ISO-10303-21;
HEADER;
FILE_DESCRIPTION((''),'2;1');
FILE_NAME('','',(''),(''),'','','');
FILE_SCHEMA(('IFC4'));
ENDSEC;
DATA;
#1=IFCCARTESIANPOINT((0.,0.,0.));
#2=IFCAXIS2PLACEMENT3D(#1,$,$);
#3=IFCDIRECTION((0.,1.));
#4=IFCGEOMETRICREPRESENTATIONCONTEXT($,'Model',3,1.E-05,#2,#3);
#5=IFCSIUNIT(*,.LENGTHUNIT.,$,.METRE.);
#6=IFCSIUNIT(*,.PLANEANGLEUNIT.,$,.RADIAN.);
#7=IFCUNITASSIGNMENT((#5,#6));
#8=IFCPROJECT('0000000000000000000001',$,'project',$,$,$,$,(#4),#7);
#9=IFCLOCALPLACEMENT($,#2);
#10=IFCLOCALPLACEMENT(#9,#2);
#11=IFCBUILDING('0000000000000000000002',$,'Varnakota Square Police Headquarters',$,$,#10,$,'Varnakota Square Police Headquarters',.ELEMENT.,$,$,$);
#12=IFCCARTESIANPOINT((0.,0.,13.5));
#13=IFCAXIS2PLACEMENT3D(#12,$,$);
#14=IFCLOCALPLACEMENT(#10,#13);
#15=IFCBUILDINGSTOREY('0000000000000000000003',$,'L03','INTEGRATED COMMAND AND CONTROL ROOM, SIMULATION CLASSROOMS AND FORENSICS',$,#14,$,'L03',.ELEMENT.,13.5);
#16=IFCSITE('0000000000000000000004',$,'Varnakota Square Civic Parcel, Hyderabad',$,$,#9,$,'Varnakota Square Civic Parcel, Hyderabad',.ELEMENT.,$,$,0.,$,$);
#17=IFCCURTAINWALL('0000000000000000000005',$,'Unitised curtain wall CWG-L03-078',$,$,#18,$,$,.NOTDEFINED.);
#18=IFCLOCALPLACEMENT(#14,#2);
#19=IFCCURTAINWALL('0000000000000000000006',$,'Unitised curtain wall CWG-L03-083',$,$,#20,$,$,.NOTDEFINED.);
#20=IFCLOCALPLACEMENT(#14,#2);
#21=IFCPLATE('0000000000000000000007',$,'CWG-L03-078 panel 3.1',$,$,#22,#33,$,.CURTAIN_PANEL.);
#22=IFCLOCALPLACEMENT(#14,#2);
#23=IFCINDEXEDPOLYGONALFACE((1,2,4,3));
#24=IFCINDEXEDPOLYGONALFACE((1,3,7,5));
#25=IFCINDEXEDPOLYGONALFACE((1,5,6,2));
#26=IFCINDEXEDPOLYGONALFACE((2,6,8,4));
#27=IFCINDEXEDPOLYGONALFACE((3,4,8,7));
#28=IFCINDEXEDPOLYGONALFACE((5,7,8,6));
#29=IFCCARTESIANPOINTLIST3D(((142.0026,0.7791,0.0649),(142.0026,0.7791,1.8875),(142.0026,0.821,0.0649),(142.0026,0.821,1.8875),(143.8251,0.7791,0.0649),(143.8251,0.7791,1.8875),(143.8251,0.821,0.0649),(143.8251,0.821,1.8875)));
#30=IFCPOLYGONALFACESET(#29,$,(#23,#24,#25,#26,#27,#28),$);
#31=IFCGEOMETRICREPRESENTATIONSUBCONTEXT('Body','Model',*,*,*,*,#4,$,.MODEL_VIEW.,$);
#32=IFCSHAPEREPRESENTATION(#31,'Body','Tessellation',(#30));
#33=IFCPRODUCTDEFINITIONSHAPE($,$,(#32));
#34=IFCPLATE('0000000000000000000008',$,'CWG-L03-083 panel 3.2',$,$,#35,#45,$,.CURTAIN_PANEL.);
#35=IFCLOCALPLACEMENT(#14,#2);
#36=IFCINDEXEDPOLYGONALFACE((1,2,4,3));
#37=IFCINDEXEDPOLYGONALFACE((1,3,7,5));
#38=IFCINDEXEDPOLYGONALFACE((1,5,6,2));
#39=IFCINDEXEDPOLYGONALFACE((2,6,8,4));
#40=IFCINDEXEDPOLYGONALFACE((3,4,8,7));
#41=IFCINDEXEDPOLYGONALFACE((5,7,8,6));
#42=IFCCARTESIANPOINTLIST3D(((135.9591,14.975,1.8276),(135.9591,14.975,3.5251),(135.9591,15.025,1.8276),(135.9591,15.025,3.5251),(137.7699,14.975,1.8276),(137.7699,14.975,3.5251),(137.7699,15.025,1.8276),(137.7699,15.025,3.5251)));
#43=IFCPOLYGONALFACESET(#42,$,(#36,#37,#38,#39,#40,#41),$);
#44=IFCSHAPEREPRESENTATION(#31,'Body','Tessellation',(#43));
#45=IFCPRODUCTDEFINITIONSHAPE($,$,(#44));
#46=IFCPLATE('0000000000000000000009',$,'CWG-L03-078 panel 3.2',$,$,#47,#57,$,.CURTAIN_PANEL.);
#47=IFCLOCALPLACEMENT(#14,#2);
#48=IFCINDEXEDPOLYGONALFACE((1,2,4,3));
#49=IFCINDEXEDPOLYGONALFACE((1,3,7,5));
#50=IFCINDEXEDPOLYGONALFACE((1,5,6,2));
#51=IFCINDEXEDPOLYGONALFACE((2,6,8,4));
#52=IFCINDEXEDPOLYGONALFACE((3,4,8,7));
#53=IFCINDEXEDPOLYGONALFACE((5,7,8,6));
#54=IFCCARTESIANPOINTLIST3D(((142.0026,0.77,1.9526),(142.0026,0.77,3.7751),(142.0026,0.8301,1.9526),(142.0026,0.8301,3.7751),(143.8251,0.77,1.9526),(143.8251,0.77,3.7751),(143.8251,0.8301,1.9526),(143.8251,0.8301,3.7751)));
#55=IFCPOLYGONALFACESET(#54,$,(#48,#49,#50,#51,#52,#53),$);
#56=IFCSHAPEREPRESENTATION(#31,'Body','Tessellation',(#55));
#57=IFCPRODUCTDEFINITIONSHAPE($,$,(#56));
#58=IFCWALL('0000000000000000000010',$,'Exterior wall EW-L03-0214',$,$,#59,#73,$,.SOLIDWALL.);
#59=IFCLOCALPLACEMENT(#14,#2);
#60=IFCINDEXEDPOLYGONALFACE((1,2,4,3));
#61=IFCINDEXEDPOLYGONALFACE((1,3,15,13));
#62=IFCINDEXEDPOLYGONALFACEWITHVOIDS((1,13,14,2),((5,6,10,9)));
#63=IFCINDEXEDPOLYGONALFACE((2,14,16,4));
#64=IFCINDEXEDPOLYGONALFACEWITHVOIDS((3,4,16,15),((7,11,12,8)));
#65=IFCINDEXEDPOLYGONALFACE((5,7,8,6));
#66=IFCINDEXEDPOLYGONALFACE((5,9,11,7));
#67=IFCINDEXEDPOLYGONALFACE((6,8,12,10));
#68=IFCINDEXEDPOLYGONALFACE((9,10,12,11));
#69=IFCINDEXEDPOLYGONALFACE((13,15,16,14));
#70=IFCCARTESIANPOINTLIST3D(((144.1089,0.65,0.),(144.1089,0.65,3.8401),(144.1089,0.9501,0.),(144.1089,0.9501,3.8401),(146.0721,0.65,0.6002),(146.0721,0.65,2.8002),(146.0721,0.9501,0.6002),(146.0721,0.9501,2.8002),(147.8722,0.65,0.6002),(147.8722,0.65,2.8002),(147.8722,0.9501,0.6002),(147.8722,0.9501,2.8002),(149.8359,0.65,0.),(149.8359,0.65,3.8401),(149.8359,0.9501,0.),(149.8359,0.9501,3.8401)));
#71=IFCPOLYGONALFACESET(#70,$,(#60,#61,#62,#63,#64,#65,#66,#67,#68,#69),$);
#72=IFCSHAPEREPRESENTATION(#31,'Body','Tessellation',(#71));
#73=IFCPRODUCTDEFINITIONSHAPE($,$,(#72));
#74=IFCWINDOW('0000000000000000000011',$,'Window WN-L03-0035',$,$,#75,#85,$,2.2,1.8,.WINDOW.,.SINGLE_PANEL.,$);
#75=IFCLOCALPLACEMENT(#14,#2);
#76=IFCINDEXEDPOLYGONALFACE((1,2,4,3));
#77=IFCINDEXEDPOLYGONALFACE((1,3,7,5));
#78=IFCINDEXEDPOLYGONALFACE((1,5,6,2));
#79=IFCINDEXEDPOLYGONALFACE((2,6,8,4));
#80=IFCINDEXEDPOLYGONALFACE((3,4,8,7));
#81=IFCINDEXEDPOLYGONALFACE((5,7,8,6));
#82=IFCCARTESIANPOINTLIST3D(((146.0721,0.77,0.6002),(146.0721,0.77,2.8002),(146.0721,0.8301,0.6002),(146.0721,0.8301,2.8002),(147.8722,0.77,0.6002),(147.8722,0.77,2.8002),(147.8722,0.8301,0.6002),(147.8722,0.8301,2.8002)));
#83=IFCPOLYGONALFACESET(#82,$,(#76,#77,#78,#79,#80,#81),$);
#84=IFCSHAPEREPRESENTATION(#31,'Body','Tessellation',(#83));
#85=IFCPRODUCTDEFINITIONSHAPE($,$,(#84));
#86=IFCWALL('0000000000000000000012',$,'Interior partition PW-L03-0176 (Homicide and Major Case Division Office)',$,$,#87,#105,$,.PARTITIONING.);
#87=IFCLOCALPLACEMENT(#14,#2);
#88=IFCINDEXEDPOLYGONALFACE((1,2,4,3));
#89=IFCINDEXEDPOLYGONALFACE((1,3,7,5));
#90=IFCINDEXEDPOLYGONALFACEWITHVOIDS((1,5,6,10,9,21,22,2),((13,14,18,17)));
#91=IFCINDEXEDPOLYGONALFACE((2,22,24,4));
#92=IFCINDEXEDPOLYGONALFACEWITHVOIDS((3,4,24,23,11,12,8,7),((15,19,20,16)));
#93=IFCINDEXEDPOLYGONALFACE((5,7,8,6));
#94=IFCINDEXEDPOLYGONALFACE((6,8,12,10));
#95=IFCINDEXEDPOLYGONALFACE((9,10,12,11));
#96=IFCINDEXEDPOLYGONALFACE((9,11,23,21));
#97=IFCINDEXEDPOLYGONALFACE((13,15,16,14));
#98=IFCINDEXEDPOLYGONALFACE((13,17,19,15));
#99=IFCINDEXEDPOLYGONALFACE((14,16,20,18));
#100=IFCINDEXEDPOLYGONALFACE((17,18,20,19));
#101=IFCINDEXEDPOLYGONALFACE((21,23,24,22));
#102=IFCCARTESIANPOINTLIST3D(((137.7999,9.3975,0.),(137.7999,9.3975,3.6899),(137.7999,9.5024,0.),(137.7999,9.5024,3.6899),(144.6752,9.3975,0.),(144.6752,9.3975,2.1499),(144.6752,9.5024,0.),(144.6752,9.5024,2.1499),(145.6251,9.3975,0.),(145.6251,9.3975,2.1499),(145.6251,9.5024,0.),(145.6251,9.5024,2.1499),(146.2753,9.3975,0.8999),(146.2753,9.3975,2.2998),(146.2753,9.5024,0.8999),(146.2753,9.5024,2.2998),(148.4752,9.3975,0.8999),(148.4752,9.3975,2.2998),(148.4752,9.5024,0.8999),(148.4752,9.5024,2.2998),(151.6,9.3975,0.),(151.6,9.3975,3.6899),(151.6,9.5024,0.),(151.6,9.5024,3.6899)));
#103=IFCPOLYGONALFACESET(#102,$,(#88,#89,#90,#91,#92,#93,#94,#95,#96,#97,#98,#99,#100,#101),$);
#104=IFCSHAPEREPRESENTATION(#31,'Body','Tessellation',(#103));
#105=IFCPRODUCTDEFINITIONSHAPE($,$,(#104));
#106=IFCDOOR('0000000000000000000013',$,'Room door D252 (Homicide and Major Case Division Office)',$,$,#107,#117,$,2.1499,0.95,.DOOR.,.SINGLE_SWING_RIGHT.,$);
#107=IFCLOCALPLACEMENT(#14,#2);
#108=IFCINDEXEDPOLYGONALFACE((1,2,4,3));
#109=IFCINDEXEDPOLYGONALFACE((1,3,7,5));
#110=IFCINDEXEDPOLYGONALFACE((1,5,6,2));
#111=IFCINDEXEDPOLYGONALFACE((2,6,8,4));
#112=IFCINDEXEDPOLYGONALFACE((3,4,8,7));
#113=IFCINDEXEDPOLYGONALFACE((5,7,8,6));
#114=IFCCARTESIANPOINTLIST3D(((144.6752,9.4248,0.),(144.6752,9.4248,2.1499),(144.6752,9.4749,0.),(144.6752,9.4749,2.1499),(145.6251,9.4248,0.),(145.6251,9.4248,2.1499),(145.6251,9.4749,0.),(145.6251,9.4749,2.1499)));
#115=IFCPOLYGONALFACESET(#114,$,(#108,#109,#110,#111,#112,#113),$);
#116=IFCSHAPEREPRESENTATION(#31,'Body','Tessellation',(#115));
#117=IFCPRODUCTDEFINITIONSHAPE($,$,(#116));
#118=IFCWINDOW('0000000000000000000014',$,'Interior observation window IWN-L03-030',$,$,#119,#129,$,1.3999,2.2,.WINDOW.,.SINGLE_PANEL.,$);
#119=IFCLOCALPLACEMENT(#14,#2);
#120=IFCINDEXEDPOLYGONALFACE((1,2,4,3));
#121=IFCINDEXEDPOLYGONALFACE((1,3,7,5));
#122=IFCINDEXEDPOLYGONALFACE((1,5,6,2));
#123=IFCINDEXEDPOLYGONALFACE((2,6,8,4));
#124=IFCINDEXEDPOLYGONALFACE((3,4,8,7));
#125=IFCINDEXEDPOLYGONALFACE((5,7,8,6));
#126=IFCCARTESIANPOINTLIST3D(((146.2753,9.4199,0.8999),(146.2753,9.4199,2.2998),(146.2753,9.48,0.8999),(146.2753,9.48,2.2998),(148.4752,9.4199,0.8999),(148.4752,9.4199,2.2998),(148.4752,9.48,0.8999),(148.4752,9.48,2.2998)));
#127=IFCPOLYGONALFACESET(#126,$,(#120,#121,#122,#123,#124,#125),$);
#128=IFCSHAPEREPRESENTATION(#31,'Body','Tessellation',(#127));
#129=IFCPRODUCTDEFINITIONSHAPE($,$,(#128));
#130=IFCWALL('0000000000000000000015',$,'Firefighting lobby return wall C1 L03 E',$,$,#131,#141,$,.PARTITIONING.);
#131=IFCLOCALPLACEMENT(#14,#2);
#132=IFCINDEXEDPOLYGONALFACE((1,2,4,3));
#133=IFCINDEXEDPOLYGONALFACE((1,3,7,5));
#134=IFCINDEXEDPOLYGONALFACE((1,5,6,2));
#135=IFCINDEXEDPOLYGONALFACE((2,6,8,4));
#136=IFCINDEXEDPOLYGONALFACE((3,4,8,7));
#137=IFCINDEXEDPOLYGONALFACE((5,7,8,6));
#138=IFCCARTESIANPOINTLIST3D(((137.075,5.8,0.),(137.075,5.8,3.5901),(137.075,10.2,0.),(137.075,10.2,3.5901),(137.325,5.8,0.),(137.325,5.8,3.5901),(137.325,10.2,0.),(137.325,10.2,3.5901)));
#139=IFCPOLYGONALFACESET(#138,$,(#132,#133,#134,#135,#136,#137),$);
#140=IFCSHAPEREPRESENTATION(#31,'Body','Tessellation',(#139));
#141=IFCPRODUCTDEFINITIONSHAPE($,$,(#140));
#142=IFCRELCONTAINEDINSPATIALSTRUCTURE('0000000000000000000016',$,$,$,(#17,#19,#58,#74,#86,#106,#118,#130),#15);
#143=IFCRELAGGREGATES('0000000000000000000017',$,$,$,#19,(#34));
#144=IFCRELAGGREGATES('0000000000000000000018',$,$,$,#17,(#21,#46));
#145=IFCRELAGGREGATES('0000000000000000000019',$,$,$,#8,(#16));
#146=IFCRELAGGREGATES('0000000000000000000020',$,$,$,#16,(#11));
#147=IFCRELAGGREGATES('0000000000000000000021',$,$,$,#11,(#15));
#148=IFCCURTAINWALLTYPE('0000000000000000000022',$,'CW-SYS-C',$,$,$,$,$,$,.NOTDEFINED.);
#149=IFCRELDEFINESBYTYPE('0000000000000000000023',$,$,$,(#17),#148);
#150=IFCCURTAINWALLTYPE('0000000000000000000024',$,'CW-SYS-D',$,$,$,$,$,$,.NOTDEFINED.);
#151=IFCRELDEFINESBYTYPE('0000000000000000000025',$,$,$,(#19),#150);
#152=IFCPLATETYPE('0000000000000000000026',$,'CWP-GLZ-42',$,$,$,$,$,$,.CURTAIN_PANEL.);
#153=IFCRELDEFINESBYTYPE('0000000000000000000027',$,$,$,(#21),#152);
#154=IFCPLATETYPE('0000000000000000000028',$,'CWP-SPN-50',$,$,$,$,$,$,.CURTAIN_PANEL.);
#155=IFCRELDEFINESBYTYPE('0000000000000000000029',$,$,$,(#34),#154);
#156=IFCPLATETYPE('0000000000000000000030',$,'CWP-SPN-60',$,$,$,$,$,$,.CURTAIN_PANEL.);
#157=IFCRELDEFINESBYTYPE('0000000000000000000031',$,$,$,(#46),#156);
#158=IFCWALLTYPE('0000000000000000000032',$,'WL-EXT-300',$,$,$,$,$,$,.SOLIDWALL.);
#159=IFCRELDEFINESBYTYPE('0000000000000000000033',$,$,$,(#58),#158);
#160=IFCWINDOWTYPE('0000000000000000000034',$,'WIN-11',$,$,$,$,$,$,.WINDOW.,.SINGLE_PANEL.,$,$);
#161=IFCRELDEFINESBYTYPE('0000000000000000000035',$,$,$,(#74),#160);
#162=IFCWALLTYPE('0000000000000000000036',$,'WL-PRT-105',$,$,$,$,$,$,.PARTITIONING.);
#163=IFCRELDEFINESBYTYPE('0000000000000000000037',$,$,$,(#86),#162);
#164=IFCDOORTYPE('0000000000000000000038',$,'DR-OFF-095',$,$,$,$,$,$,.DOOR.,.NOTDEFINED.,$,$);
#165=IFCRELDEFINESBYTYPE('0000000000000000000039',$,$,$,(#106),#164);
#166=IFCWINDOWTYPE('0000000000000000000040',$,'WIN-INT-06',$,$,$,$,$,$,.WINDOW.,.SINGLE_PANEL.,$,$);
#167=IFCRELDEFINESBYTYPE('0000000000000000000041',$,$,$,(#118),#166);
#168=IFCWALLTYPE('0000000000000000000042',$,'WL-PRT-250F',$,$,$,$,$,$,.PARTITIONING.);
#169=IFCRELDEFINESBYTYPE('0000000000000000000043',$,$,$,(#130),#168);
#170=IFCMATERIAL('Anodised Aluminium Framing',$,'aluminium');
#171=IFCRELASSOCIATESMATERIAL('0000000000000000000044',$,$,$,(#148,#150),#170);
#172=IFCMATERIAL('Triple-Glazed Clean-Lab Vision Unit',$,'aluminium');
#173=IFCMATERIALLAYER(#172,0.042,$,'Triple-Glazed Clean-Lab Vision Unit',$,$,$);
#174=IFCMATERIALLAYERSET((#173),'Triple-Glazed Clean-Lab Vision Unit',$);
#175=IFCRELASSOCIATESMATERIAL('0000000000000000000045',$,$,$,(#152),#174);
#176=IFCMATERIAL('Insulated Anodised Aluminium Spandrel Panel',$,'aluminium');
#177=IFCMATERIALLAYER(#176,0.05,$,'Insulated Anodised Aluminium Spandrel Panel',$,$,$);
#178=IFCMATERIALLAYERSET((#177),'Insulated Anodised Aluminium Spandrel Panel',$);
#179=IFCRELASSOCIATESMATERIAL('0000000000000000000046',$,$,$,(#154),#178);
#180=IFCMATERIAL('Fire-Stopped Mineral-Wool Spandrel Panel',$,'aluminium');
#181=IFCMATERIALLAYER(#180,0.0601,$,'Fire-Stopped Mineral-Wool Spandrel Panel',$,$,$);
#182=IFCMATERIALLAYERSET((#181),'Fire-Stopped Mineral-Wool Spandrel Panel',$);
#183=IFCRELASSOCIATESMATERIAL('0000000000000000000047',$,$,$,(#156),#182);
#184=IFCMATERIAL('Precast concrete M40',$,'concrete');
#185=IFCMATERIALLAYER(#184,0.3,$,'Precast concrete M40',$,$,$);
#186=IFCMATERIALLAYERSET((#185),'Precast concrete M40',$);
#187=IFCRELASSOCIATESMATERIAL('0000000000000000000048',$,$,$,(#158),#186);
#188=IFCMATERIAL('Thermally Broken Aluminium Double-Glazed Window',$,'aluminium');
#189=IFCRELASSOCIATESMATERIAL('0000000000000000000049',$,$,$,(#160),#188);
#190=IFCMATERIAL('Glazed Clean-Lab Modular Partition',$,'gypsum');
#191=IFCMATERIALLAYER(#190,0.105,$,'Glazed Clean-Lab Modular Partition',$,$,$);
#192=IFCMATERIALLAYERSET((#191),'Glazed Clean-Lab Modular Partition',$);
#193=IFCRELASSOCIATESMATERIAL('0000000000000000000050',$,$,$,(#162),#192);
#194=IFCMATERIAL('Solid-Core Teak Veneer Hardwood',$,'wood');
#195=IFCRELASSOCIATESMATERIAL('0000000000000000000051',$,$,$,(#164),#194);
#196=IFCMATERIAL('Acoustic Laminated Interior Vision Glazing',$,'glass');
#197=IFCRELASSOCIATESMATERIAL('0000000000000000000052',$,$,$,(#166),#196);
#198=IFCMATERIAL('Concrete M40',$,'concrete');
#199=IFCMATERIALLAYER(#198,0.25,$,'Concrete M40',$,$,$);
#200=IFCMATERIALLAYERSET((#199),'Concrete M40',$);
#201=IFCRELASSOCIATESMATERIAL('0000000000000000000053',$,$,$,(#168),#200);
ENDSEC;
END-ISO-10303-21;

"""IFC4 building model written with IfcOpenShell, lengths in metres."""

from ifc_helpers import new_model, si_unit, direction, frame, frame_2d, origin, origin_2d, place, context, subcontext, project, spatial, rectangle, extrude, material, layer, layer_set, type_object, element, fill, aggregate, save


model = new_model("IFC4")

# Units and contexts
model_context = context("Model", 3, precision=1e-05, world=origin(), true_north=direction((0.0, 1.0)))
body_context = subcontext(model_context, "Body", "Model", "MODEL_VIEW")
ifc_project = project(units=[si_unit("LENGTHUNIT", "METRE"), si_unit("PLANEANGLEUNIT", "RADIAN")], contexts=[model_context])

# Site, building, storey
site_placement = place(None, origin())
site = spatial("IfcSite", under=ifc_project, at=site_placement, Name="Varnakota Square Civic Parcel, Hyderabad", LongName="Varnakota Square Civic Parcel, Hyderabad", CompositionType="ELEMENT", RefElevation=0.0)
building_placement = place(site_placement, origin())
building = spatial("IfcBuilding", under=site, at=building_placement, Name="Varnakota Square Police Headquarters", LongName="Varnakota Square Police Headquarters", CompositionType="ELEMENT")
storey_placement = place(building_placement, frame((0.0, 0.0, 13.5)))
storey = spatial("IfcBuildingStorey", under=building, at=storey_placement, Name="L03", Description="INTEGRATED COMMAND AND CONTROL ROOM, SIMULATION CLASSROOMS AND FORENSICS", LongName="L03", CompositionType="ELEMENT", Elevation=13.5)

# Curtain walls
ifc_material_1 = material(Name="Anodised Aluminium Framing", Category="aluminium")
curtain_wall_type_1 = type_object("IfcCurtainWallType", Name="CW-SYS-C", PredefinedType="NOTDEFINED", material=ifc_material_1)
curtain_wall_1_placement = place(storey_placement, origin())
curtain_wall_1 = element("IfcCurtainWall", 1, at=curtain_wall_1_placement, inside=storey, type_object=curtain_wall_type_1, Name="Unitised curtain wall CWG-L03-078", PredefinedType="NOTDEFINED")
curtain_wall_type_2 = type_object("IfcCurtainWallType", Name="CW-SYS-D", PredefinedType="NOTDEFINED", material=ifc_material_1)
curtain_wall_2_placement = place(storey_placement, origin())
curtain_wall_2 = element("IfcCurtainWall", 2, at=curtain_wall_2_placement, inside=storey, type_object=curtain_wall_type_2, Name="Unitised curtain wall CWG-L03-083", PredefinedType="NOTDEFINED")

# Plates
ifc_material_2 = material(Name="Triple-Glazed Clean-Lab Vision Unit", Category="aluminium")
ifc_layer_1 = layer(ifc_material_2, 0.042, Name="Triple-Glazed Clean-Lab Vision Unit")
ifc_layer_set_1 = layer_set([ifc_layer_1], Name="Triple-Glazed Clean-Lab Vision Unit")
plate_type_1 = type_object("IfcPlateType", Name="CWP-GLZ-42", PredefinedType="CURTAIN_PANEL", material=ifc_layer_set_1)
plate_1_placement = place(storey_placement, frame((142.9138, 0.8, 0.0649), z_axis=(0.0, 0.0, 1.0), x_axis=(1.0, 0.0, 0.0)))
plate_1 = element("IfcPlate", 3, at=plate_1_placement, type_object=plate_type_1, Name="CWG-L03-078 panel 3.1", PredefinedType="CURTAIN_PANEL", context=body_context, shape_type="SweptSolid", body=[
    extrude(rectangle(XDim=1.8225, YDim=0.042, at=origin_2d()), origin(), (0.0, 0.0, 1.0), 1.8225),
])
ifc_material_3 = material(Name="Insulated Anodised Aluminium Spandrel Panel", Category="aluminium")
ifc_layer_2 = layer(ifc_material_3, 0.05, Name="Insulated Anodised Aluminium Spandrel Panel")
ifc_layer_set_2 = layer_set([ifc_layer_2], Name="Insulated Anodised Aluminium Spandrel Panel")
plate_type_2 = type_object("IfcPlateType", Name="CWP-SPN-50", PredefinedType="CURTAIN_PANEL", material=ifc_layer_set_2)
plate_2_placement = place(storey_placement, frame((136.8645, 15.0, 1.8276), z_axis=(0.0, 0.0, 1.0), x_axis=(1.0, 0.0, 0.0)))
plate_2 = element("IfcPlate", 4, at=plate_2_placement, type_object=plate_type_2, Name="CWG-L03-083 panel 3.2", PredefinedType="CURTAIN_PANEL", context=body_context, shape_type="SweptSolid", body=[
    extrude(rectangle(XDim=1.8108, YDim=0.05, at=origin_2d()), origin(), (0.0, 0.0, 1.0), 1.6975),
])
aggregate(curtain_wall_2, [plate_2])
ifc_material_4 = material(Name="Fire-Stopped Mineral-Wool Spandrel Panel", Category="aluminium")
ifc_layer_3 = layer(ifc_material_4, 0.0601, Name="Fire-Stopped Mineral-Wool Spandrel Panel")
ifc_layer_set_3 = layer_set([ifc_layer_3], Name="Fire-Stopped Mineral-Wool Spandrel Panel")
plate_type_3 = type_object("IfcPlateType", Name="CWP-SPN-60", PredefinedType="CURTAIN_PANEL", material=ifc_layer_set_3)
plate_3_placement = place(storey_placement, frame((142.9138, 0.8, 1.9526), z_axis=(0.0, 0.0, 1.0), x_axis=(1.0, 0.0, 0.0)))
plate_3 = element("IfcPlate", 5, at=plate_3_placement, type_object=plate_type_3, Name="CWG-L03-078 panel 3.2", PredefinedType="CURTAIN_PANEL", context=body_context, shape_type="SweptSolid", body=[
    extrude(rectangle(XDim=1.8225, YDim=0.0601, at=origin_2d()), origin(), (0.0, 0.0, 1.0), 1.8225),
])
aggregate(curtain_wall_1, [plate_1, plate_3])

# Wall, opening, window
ifc_material_5 = material(Name="Precast concrete M40", Category="concrete")
ifc_layer_4 = layer(ifc_material_5, 0.3, Name="Precast concrete M40")
ifc_layer_set_4 = layer_set([ifc_layer_4], Name="Precast concrete M40")
wall_type_1 = type_object("IfcWallType", Name="WL-EXT-300", PredefinedType="SOLIDWALL", material=ifc_layer_set_4)
wall_1_placement = place(storey_placement, frame((144.1089, 0.8, 0.0), z_axis=(0.0, 0.0, 1.0), x_axis=(1.0, 0.0, 0.0)))
wall_1 = element("IfcWall", 6, at=wall_1_placement, inside=storey, type_object=wall_type_1, Name="Exterior wall EW-L03-0214", PredefinedType="SOLIDWALL", context=body_context, shape_type="SweptSolid", body=[
    extrude(rectangle(XDim=5.7271, YDim=0.3, at=frame_2d((2.8635, 0.0))), origin(), (0.0, 0.0, 1.0), 3.8401),
])
opening_1_placement = place(wall_1_placement, frame((1.9634, 0.0, 0.6001)))
opening_1 = element("IfcOpeningElement", 7, at=opening_1_placement, cuts=wall_1, PredefinedType="OPENING", context=body_context, shape_type="SweptSolid", body=[
    extrude(rectangle(XDim=1.8, YDim=2.2, at=frame_2d((0.8999, 1.1001))), frame((0.0, 0.1599, 0.0), z_axis=(0.0, -1.0, 0.0), x_axis=(1.0, 0.0, 0.0)), (0.0, 0.0, 1.0), 0.3201),
])
ifc_material_6 = material(Name="Thermally Broken Aluminium Double-Glazed Window", Category="aluminium")
window_type_1 = type_object("IfcWindowType", Name="WIN-11", PartitioningType="SINGLE_PANEL", PredefinedType="WINDOW", material=ifc_material_6)
window_1_placement = place(opening_1_placement, origin())
window_1 = element("IfcWindow", 8, at=window_1_placement, inside=storey, type_object=window_type_1, Name="Window WN-L03-0035", OverallHeight=2.2, OverallWidth=1.8, PartitioningType="SINGLE_PANEL", PredefinedType="WINDOW", context=body_context, shape_type="SweptSolid", body=[
    extrude(rectangle(XDim=1.8, YDim=2.2, at=frame_2d((0.8999, 1.1001))), frame((0.0, 0.03, 0.0), z_axis=(0.0, -1.0, 0.0), x_axis=(1.0, 0.0, 0.0)), (0.0, 0.0, 1.0), 0.0601),
])
fill(opening_1, window_1)

# Wall, openings, door, window
ifc_material_7 = material(Name="Glazed Clean-Lab Modular Partition", Category="gypsum")
ifc_layer_5 = layer(ifc_material_7, 0.105, Name="Glazed Clean-Lab Modular Partition")
ifc_layer_set_5 = layer_set([ifc_layer_5], Name="Glazed Clean-Lab Modular Partition")
wall_type_2 = type_object("IfcWallType", Name="WL-PRT-105", PredefinedType="PARTITIONING", material=ifc_layer_set_5)
wall_2_placement = place(storey_placement, frame((137.8, 9.45, 0.0), z_axis=(0.0, 0.0, 1.0), x_axis=(1.0, 0.0, 0.0)))
wall_2 = element("IfcWall", 9, at=wall_2_placement, inside=storey, type_object=wall_type_2, Name="Interior partition PW-L03-0176 (Homicide and Major Case Division Office)", PredefinedType="PARTITIONING", context=body_context, shape_type="SweptSolid", body=[
    extrude(rectangle(XDim=13.8, YDim=0.105, at=frame_2d((6.8999, 0.0))), origin(), (0.0, 0.0, 1.0), 3.6899),
])
opening_2_placement = place(wall_2_placement, frame((6.875, 0.0, 0.0)))
opening_2 = element("IfcOpeningElement", 10, at=opening_2_placement, cuts=wall_2, PredefinedType="OPENING", context=body_context, shape_type="SweptSolid", body=[
    extrude(rectangle(XDim=0.95, YDim=2.1499, at=frame_2d((0.4751, 1.075))), frame((0.0, 0.0625, 0.0), z_axis=(0.0, -1.0, 0.0), x_axis=(1.0, 0.0, 0.0)), (0.0, 0.0, 1.0), 0.125),
])
opening_3_placement = place(wall_2_placement, frame((8.4751, 0.0, 0.8999)))
opening_3 = element("IfcOpeningElement", 11, at=opening_3_placement, cuts=wall_2, PredefinedType="OPENING", context=body_context, shape_type="SweptSolid", body=[
    extrude(rectangle(XDim=2.2, YDim=1.3999, at=frame_2d((1.1001, 0.7))), frame((0.0, 0.0625, 0.0), z_axis=(0.0, -1.0, 0.0), x_axis=(1.0, 0.0, 0.0)), (0.0, 0.0, 1.0), 0.125),
])
ifc_material_8 = material(Name="Solid-Core Teak Veneer Hardwood", Category="wood")
door_type = type_object("IfcDoorType", Name="DR-OFF-095", OperationType="NOTDEFINED", PredefinedType="DOOR", material=ifc_material_8)
door_placement = place(opening_2_placement, origin())
door = element("IfcDoor", 12, at=door_placement, inside=storey, type_object=door_type, Name="Room door D252 (Homicide and Major Case Division Office)", OperationType="SINGLE_SWING_RIGHT", OverallHeight=2.1499, OverallWidth=0.95, PredefinedType="DOOR", context=body_context, shape_type="SweptSolid", body=[
    extrude(rectangle(XDim=0.95, YDim=2.1499, at=frame_2d((0.4751, 1.075))), frame((0.0, 0.0249, 0.0), z_axis=(0.0, -1.0, 0.0), x_axis=(1.0, 0.0, 0.0)), (0.0, 0.0, 1.0), 0.05),
])
fill(opening_2, door)
ifc_material_9 = material(Name="Acoustic Laminated Interior Vision Glazing", Category="glass")
window_type_2 = type_object("IfcWindowType", Name="WIN-INT-06", PartitioningType="SINGLE_PANEL", PredefinedType="WINDOW", material=ifc_material_9)
window_2_placement = place(opening_3_placement, origin())
window_2 = element("IfcWindow", 13, at=window_2_placement, inside=storey, type_object=window_type_2, Name="Interior observation window IWN-L03-030", OverallHeight=1.3999, OverallWidth=2.2, PartitioningType="SINGLE_PANEL", PredefinedType="WINDOW", context=body_context, shape_type="SweptSolid", body=[
    extrude(rectangle(XDim=2.2, YDim=1.3999, at=frame_2d((1.1001, 0.7))), frame((0.0, 0.03, 0.0), z_axis=(0.0, -1.0, 0.0), x_axis=(1.0, 0.0, 0.0)), (0.0, 0.0, 1.0), 0.0601),
])
fill(opening_3, window_2)

# Wall
ifc_material_10 = material(Name="Concrete M40", Category="concrete")
ifc_layer_6 = layer(ifc_material_10, 0.25, Name="Concrete M40")
ifc_layer_set_6 = layer_set([ifc_layer_6], Name="Concrete M40")
wall_type_3 = type_object("IfcWallType", Name="WL-PRT-250F", PredefinedType="PARTITIONING", material=ifc_layer_set_6)
wall_3_placement = place(storey_placement, frame((137.2, 5.8, 0.0), z_axis=(0.0, 0.0, 1.0), x_axis=(0.0, 1.0, 0.0)))
element("IfcWall", 14, at=wall_3_placement, inside=storey, type_object=wall_type_3, Name="Firefighting lobby return wall C1 L03 E", PredefinedType="PARTITIONING", context=body_context, shape_type="SweptSolid", body=[
    extrude(rectangle(XDim=4.3999, YDim=0.25, at=frame_2d((2.2, 0.0))), origin(), (0.0, 0.0, 1.0), 3.5901),
])

save(model, "model.ifc")
